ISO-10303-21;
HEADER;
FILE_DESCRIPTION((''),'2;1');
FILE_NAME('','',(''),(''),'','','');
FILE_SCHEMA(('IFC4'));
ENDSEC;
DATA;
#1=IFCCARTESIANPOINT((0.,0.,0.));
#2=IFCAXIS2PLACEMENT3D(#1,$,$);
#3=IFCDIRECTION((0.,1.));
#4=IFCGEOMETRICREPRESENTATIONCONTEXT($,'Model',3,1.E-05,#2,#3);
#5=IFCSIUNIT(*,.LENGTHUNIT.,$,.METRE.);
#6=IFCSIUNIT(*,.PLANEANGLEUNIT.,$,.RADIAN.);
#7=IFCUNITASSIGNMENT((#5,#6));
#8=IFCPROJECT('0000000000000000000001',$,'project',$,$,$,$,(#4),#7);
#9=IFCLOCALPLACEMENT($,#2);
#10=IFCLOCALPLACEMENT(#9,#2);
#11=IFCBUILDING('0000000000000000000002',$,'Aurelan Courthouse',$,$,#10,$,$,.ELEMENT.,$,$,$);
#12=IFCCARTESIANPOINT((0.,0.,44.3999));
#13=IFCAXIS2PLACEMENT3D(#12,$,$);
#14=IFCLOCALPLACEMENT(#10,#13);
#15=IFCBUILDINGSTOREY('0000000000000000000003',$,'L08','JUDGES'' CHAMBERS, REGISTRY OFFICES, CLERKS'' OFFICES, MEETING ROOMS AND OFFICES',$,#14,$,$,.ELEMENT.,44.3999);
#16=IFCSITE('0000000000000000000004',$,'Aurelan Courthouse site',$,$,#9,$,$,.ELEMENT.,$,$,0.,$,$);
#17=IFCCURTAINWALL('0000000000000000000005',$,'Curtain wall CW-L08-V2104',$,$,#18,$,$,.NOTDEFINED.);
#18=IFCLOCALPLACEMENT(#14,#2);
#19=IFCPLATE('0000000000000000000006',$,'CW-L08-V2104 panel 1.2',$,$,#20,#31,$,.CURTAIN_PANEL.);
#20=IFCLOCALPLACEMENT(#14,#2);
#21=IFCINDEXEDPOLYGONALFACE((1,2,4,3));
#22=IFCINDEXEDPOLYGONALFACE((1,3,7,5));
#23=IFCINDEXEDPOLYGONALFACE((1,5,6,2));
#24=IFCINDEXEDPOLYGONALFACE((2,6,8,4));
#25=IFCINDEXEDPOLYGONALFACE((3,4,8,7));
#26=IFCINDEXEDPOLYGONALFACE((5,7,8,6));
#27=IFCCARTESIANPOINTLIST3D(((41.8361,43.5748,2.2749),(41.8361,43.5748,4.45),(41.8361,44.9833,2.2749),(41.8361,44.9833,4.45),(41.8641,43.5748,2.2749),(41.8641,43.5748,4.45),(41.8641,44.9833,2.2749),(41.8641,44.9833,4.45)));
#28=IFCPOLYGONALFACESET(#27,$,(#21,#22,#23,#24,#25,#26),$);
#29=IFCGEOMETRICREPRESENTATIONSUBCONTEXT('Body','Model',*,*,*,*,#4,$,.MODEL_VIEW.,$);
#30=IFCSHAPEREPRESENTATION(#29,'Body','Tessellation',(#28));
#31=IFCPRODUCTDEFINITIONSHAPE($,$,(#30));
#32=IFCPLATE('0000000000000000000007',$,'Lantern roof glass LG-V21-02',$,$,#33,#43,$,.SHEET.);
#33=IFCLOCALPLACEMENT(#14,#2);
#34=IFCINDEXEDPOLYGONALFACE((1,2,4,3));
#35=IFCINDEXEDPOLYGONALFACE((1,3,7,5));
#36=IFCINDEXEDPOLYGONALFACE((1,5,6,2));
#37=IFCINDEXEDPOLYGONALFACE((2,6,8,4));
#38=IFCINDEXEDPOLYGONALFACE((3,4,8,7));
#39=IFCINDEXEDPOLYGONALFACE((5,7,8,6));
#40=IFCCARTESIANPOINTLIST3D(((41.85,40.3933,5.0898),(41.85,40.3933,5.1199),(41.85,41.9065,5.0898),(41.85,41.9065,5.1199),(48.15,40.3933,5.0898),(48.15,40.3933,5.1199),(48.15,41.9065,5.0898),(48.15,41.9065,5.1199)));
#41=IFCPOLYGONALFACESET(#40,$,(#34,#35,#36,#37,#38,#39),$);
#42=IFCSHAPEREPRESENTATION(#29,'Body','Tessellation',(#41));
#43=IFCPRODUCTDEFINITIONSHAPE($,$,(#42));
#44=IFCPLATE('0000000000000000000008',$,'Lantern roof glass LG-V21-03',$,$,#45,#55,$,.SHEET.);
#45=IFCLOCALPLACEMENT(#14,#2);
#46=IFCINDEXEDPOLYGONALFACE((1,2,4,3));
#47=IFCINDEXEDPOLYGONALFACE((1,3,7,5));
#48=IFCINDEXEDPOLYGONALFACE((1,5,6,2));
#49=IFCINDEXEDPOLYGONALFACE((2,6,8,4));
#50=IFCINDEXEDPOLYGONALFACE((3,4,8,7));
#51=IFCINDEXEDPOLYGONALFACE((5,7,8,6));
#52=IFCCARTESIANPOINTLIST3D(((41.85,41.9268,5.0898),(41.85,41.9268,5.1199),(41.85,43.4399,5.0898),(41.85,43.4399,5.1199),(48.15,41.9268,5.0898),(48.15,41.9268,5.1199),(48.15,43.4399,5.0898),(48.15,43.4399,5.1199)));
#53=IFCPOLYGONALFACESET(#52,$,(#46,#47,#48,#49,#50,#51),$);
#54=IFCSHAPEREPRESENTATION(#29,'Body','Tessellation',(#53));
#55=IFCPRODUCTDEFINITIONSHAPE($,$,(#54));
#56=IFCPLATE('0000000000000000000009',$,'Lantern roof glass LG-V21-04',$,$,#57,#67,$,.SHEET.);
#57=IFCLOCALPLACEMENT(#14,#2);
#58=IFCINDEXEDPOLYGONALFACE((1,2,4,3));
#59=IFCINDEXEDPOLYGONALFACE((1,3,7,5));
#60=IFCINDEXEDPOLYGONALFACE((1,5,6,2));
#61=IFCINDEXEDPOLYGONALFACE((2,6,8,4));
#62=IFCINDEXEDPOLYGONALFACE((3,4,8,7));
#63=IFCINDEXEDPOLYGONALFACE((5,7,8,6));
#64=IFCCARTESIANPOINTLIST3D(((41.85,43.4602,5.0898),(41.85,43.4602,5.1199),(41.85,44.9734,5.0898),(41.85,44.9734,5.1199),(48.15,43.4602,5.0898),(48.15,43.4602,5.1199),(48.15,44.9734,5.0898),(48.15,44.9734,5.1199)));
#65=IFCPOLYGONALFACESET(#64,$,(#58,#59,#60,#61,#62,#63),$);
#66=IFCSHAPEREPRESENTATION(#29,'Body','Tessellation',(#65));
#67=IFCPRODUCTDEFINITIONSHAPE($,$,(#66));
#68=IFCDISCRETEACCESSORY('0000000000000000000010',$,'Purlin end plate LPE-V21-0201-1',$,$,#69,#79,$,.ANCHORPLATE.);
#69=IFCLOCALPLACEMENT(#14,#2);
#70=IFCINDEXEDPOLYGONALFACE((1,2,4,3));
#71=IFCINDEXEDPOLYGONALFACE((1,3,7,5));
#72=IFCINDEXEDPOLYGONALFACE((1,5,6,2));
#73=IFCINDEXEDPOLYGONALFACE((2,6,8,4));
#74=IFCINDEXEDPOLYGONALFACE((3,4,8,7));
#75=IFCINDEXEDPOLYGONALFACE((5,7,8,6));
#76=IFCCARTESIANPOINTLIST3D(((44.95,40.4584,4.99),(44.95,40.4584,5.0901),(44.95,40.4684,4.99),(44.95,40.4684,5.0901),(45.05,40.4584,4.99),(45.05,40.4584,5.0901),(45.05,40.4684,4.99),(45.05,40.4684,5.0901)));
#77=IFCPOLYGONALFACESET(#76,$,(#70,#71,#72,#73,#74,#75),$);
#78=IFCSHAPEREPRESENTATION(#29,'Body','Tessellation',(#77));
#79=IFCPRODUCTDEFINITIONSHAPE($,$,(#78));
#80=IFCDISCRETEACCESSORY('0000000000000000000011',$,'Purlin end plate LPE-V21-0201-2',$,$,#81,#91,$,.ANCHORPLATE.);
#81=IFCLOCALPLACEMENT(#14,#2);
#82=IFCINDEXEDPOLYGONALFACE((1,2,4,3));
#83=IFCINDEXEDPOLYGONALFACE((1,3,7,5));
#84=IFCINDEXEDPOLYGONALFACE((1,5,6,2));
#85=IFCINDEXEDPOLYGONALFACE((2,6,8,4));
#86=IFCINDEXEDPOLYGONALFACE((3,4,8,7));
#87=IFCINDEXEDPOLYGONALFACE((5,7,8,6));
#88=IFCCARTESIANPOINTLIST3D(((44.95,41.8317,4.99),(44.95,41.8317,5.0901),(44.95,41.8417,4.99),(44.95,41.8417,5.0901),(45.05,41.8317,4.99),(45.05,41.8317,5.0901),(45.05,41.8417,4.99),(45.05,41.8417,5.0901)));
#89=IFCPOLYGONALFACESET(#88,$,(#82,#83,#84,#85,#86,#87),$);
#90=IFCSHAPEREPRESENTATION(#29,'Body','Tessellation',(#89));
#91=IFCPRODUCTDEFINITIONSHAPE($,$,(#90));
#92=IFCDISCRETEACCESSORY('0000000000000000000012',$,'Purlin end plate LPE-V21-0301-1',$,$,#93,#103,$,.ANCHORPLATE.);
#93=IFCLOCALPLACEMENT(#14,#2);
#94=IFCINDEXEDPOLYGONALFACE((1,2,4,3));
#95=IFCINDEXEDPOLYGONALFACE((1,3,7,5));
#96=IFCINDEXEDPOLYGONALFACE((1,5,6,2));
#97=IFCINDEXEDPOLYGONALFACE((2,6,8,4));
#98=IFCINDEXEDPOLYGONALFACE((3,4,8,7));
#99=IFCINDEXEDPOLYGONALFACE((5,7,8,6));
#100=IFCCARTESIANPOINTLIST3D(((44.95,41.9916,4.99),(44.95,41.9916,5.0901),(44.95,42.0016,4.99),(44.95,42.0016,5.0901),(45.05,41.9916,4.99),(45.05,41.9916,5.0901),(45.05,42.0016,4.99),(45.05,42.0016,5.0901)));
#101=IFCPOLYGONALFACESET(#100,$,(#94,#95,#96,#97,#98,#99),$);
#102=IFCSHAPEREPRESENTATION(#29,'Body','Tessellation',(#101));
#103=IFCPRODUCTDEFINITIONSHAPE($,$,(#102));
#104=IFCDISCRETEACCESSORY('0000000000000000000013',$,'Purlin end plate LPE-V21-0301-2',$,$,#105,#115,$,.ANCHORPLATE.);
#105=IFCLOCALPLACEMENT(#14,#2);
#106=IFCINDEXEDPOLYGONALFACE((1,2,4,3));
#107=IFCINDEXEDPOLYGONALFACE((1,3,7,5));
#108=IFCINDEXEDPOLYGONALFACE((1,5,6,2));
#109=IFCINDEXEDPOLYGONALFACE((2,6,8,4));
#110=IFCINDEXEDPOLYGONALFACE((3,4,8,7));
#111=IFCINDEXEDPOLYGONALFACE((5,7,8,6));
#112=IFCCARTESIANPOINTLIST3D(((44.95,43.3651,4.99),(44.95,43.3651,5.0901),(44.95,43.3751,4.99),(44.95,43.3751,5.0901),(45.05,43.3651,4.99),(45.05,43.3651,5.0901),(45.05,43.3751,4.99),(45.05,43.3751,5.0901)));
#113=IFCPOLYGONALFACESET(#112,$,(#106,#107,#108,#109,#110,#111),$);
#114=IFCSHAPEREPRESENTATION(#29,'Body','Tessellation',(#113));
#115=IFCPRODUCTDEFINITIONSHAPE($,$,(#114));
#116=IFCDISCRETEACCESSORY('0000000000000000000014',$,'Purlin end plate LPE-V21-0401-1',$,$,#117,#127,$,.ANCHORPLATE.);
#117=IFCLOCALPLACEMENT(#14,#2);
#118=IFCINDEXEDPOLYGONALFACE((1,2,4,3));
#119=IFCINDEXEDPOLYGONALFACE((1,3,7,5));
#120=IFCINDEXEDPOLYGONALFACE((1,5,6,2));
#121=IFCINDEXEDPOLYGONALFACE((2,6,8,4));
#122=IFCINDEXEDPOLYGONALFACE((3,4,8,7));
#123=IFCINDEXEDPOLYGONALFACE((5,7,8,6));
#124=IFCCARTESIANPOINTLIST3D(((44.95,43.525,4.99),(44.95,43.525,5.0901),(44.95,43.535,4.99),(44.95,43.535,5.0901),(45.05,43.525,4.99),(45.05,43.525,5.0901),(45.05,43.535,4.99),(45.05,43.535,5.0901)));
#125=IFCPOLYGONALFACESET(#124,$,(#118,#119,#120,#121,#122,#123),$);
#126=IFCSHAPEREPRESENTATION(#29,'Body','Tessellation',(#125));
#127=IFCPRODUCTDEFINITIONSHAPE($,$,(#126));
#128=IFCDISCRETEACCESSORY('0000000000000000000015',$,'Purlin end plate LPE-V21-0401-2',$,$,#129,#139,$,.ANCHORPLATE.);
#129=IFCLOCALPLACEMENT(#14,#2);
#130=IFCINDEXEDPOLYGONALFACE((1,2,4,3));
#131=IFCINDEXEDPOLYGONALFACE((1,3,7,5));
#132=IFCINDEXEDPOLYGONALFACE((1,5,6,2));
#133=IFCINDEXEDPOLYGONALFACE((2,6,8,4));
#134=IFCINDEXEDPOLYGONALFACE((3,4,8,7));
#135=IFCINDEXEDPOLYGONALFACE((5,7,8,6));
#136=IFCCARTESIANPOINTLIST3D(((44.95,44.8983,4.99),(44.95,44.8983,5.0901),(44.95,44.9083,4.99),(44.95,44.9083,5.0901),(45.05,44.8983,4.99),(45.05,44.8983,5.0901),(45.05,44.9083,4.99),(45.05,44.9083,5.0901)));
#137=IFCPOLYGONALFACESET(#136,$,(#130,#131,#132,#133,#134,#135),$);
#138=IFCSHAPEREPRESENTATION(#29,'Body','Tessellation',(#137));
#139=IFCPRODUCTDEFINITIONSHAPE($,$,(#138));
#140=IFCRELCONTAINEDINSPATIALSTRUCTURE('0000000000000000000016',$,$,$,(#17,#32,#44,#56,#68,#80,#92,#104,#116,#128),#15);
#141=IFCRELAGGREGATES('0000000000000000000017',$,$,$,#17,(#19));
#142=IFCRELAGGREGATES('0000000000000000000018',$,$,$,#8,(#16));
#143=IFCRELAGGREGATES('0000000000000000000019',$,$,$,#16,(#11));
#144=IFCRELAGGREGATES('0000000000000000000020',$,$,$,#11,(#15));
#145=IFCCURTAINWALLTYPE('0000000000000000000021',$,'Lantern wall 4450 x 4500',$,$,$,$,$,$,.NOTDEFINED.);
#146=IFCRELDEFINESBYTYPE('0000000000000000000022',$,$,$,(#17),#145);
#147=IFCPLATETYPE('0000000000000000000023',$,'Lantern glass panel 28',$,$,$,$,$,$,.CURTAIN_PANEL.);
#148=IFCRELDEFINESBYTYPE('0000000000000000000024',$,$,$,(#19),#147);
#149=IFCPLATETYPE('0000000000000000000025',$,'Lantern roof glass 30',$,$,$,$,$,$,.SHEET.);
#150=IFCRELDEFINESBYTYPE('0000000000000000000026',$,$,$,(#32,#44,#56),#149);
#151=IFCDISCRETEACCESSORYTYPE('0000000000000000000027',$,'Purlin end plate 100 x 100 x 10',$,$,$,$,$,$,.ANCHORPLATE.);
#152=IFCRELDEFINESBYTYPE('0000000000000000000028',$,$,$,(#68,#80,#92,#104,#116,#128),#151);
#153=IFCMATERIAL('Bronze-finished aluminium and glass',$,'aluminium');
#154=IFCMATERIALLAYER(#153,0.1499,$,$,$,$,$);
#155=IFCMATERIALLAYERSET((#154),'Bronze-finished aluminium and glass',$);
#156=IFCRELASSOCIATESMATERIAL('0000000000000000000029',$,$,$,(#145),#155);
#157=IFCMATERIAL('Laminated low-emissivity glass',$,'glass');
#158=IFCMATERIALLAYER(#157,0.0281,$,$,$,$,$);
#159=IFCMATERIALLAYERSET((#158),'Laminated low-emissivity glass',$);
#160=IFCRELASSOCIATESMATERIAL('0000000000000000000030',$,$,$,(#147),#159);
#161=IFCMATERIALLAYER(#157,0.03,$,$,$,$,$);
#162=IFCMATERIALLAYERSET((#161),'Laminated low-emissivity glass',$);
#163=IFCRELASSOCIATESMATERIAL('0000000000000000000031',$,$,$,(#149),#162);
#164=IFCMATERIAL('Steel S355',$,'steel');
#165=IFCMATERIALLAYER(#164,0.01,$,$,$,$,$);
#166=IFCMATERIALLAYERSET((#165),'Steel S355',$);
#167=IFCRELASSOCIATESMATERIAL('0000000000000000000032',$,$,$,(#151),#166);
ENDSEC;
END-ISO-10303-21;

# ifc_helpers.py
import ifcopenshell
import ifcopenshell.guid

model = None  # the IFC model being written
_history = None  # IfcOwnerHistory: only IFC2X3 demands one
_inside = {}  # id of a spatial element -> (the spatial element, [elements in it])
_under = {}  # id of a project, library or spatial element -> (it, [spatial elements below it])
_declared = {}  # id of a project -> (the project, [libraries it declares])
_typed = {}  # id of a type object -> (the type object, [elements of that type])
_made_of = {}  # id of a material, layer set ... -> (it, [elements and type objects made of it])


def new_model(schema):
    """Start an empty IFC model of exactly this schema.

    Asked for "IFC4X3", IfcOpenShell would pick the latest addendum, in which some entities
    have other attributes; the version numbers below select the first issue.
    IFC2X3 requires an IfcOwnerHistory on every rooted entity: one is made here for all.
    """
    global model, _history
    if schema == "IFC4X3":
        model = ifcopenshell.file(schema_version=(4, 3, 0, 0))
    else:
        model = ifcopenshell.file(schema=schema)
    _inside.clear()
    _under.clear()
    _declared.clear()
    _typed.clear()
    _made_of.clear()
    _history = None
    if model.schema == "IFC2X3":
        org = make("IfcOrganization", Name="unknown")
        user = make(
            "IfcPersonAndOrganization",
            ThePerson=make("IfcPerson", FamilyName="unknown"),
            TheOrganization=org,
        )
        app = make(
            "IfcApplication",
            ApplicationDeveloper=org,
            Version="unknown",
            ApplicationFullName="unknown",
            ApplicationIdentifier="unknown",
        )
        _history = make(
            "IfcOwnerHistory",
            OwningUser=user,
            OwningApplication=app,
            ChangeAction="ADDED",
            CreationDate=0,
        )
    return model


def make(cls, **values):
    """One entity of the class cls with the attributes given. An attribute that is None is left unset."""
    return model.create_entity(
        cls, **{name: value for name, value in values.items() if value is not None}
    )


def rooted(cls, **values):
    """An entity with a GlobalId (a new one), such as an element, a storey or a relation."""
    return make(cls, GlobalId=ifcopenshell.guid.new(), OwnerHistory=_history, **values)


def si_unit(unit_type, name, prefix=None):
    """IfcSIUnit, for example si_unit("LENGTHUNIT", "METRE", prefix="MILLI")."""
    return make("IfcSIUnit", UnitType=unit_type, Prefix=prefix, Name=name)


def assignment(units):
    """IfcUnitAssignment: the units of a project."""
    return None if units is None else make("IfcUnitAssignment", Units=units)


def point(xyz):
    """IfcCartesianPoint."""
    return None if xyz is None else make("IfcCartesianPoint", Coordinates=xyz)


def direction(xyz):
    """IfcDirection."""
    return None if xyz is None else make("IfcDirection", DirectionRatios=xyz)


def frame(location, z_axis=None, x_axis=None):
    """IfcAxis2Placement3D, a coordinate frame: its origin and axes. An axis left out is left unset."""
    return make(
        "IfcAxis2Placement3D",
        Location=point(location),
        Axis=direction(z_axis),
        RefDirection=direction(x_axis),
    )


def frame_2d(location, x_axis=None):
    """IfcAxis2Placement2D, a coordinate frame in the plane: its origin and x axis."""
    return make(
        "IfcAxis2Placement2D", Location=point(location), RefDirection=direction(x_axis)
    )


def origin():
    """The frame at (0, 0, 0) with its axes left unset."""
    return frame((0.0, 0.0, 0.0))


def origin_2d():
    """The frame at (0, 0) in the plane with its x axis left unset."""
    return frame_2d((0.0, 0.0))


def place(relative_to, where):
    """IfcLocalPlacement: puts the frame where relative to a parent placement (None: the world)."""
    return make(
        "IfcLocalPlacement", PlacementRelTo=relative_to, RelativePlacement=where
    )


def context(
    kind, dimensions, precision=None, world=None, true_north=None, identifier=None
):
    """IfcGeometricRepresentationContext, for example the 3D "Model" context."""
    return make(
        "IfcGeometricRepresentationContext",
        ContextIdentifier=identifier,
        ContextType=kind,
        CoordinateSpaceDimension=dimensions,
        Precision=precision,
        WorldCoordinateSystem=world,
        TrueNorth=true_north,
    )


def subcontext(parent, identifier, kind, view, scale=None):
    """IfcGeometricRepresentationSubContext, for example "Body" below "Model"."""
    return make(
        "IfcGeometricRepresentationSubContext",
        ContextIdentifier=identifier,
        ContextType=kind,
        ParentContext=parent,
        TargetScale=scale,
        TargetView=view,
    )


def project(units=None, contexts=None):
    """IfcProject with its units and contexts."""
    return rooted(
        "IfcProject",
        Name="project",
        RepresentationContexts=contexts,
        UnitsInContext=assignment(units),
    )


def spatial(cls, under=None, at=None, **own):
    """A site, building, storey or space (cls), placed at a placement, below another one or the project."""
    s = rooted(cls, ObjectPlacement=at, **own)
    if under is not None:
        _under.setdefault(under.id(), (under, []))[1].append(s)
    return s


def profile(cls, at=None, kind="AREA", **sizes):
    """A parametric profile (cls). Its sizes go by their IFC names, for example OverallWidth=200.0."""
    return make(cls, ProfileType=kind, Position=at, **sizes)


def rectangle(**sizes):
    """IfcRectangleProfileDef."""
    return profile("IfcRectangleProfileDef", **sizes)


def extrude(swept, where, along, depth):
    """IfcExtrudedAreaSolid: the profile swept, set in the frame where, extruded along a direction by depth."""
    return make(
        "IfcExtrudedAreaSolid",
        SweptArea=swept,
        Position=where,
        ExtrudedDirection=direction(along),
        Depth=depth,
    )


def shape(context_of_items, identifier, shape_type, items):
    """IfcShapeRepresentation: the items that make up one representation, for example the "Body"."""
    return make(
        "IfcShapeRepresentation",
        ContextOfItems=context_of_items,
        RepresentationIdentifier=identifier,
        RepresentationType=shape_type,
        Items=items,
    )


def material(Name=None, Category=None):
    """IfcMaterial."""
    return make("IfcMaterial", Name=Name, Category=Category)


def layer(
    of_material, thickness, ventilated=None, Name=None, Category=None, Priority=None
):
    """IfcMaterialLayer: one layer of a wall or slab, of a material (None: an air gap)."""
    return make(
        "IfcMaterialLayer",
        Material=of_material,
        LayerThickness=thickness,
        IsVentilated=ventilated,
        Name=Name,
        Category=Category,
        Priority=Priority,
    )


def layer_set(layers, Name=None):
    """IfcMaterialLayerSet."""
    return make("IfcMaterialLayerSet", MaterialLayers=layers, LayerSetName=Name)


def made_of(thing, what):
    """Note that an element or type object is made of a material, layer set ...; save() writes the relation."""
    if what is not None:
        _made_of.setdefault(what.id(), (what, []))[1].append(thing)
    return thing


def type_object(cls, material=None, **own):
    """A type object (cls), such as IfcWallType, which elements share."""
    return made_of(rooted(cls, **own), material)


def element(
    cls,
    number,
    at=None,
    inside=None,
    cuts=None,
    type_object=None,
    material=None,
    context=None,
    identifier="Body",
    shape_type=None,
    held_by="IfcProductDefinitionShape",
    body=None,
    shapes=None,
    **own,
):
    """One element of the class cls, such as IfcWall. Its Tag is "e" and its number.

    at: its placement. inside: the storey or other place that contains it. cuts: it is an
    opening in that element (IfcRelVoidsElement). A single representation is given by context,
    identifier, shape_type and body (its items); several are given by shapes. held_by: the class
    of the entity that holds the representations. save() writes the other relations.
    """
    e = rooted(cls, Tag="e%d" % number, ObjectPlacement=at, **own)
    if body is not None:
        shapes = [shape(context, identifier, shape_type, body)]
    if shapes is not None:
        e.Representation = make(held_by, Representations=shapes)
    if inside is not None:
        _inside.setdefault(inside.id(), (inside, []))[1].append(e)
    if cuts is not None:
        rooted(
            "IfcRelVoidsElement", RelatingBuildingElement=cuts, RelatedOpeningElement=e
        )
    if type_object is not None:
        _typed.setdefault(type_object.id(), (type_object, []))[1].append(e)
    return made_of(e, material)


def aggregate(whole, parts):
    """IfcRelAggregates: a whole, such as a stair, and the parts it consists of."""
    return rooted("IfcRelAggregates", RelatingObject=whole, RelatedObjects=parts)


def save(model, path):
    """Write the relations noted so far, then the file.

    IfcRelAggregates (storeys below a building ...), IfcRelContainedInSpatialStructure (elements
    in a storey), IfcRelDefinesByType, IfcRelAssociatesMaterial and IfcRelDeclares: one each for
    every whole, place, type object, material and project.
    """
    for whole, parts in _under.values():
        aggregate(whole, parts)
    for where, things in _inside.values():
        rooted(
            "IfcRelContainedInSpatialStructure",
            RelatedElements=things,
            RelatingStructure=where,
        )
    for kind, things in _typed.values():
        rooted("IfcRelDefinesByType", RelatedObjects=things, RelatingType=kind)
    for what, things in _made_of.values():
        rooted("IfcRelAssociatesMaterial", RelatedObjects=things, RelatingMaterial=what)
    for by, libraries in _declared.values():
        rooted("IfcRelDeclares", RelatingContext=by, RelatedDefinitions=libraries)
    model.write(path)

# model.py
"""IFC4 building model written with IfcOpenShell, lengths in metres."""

from ifc_helpers import new_model, si_unit, direction, frame, origin, origin_2d, place, context, subcontext, project, spatial, rectangle, extrude, material, layer, layer_set, type_object, element, aggregate, save


model = new_model("IFC4")

# Units and contexts
model_context = context("Model", 3, precision=1e-05, world=origin(), true_north=direction((0.0, 1.0)))
body_context = subcontext(model_context, "Body", "Model", "MODEL_VIEW")
ifc_project = project(units=[si_unit("LENGTHUNIT", "METRE"), si_unit("PLANEANGLEUNIT", "RADIAN")], contexts=[model_context])

# Site, building, storey
site_placement = place(None, origin())
site = spatial("IfcSite", under=ifc_project, at=site_placement, Name="Aurelan Courthouse site", CompositionType="ELEMENT", RefElevation=0.0)
building_placement = place(site_placement, origin())
building = spatial("IfcBuilding", under=site, at=building_placement, Name="Aurelan Courthouse", CompositionType="ELEMENT")
storey_placement = place(building_placement, frame((0.0, 0.0, 44.3999)))
storey = spatial("IfcBuildingStorey", under=building, at=storey_placement, Name="L08", Description="JUDGES' CHAMBERS, REGISTRY OFFICES, CLERKS' OFFICES, MEETING ROOMS AND OFFICES", CompositionType="ELEMENT", Elevation=44.3999)

# Shared definitions
ifc_material_1 = material(Name="Steel S355", Category="steel")

# Curtain wall
ifc_material_2 = material(Name="Bronze-finished aluminium and glass", Category="aluminium")
ifc_layer_1 = layer(ifc_material_2, 0.1499)
ifc_layer_set_1 = layer_set([ifc_layer_1], Name="Bronze-finished aluminium and glass")
curtain_wall_type = type_object("IfcCurtainWallType", Name="Lantern wall 4450 x 4500", PredefinedType="NOTDEFINED", material=ifc_layer_set_1)
curtain_wall_1_placement = place(storey_placement, origin())
curtain_wall_1 = element("IfcCurtainWall", 1, at=curtain_wall_1_placement, inside=storey, type_object=curtain_wall_type, Name="Curtain wall CW-L08-V2104", PredefinedType="NOTDEFINED")

# Plate
ifc_material_3 = material(Name="Laminated low-emissivity glass", Category="glass")
ifc_layer_2 = layer(ifc_material_3, 0.0281)
ifc_layer_set_2 = layer_set([ifc_layer_2], Name="Laminated low-emissivity glass")
plate_type_1 = type_object("IfcPlateType", Name="Lantern glass panel 28", PredefinedType="CURTAIN_PANEL", material=ifc_layer_set_2)
plate_1_placement = place(storey_placement, frame((41.8501, 44.2791, 2.2749), z_axis=(0.0, 0.0, 1.0), x_axis=(0.0, 1.0, 0.0)))
plate_1 = element("IfcPlate", 2, at=plate_1_placement, type_object=plate_type_1, Name="CW-L08-V2104 panel 1.2", PredefinedType="CURTAIN_PANEL", context=body_context, shape_type="SweptSolid", body=[
    extrude(rectangle(XDim=1.4084, YDim=0.0281, at=origin_2d()), origin(), (0.0, 0.0, 1.0), 2.175),
])
aggregate(curtain_wall_1, [plate_1])

# Plates
ifc_layer_3 = layer(ifc_material_3, 0.03)
ifc_layer_set_3 = layer_set([ifc_layer_3], Name="Laminated low-emissivity glass")
plate_type_2 = type_object("IfcPlateType", Name="Lantern roof glass 30", PredefinedType="SHEET", material=ifc_layer_set_3)
for number, where, z_axis, x_axis, name in (
    (3, (45.0, 41.1499, 5.0898), (0.0, 0.0, 1.0), (1.0, 0.0, 0.0), "Lantern roof glass LG-V21-02"),
    (4, (45.0, 42.6833, 5.0898), (0.0, 0.0, 1.0), (1.0, 0.0, 0.0), "Lantern roof glass LG-V21-03"),
    (5, (45.0, 44.2168, 5.0898), (0.0, 0.0, 1.0), (1.0, 0.0, 0.0), "Lantern roof glass LG-V21-04"),
):
    element("IfcPlate", number, at=place(storey_placement, frame(where, z_axis=z_axis, x_axis=x_axis)), inside=storey, type_object=plate_type_2, Name=name, PredefinedType="SHEET", context=body_context, shape_type="SweptSolid", body=[
        extrude(rectangle(XDim=6.3, YDim=1.5132, at=origin_2d()), origin(), (0.0, 0.0, 1.0), 0.03),
    ])

# Discrete accessories
ifc_layer_4 = layer(ifc_material_1, 0.01)
ifc_layer_set_4 = layer_set([ifc_layer_4], Name="Steel S355")
discrete_accessory_type = type_object("IfcDiscreteAccessoryType", Name="Purlin end plate 100 x 100 x 10", PredefinedType="ANCHORPLATE", material=ifc_layer_set_4)
for number, where, z_axis, x_axis, name in (
    (6, (45.0, 40.4634, 4.99), (0.0, 0.0, 1.0), (1.0, 0.0, 0.0), "Purlin end plate LPE-V21-0201-1"),
    (7, (45.0, 41.8367, 4.99), (0.0, 0.0, 1.0), (1.0, 0.0, 0.0), "Purlin end plate LPE-V21-0201-2"),
    (8, (45.0, 41.9966, 4.99), (0.0, 0.0, 1.0), (1.0, 0.0, 0.0), "Purlin end plate LPE-V21-0301-1"),
    (9, (45.0, 43.3701, 4.99), (0.0, 0.0, 1.0), (1.0, 0.0, 0.0), "Purlin end plate LPE-V21-0301-2"),
    (10, (45.0, 43.53, 4.99), (0.0, 0.0, 1.0), (1.0, 0.0, 0.0), "Purlin end plate LPE-V21-0401-1"),
    (11, (45.0, 44.9033, 4.99), (0.0, 0.0, 1.0), (1.0, 0.0, 0.0), "Purlin end plate LPE-V21-0401-2"),
):
    element("IfcDiscreteAccessory", number, at=place(storey_placement, frame(where, z_axis=z_axis, x_axis=x_axis)), inside=storey, type_object=discrete_accessory_type, Name=name, PredefinedType="ANCHORPLATE", context=body_context, shape_type="SweptSolid", body=[
        extrude(rectangle(XDim=0.1001, YDim=0.01, at=origin_2d()), origin(), (0.0, 0.0, 1.0), 0.1001),
    ])

save(model, "model.ifc")
